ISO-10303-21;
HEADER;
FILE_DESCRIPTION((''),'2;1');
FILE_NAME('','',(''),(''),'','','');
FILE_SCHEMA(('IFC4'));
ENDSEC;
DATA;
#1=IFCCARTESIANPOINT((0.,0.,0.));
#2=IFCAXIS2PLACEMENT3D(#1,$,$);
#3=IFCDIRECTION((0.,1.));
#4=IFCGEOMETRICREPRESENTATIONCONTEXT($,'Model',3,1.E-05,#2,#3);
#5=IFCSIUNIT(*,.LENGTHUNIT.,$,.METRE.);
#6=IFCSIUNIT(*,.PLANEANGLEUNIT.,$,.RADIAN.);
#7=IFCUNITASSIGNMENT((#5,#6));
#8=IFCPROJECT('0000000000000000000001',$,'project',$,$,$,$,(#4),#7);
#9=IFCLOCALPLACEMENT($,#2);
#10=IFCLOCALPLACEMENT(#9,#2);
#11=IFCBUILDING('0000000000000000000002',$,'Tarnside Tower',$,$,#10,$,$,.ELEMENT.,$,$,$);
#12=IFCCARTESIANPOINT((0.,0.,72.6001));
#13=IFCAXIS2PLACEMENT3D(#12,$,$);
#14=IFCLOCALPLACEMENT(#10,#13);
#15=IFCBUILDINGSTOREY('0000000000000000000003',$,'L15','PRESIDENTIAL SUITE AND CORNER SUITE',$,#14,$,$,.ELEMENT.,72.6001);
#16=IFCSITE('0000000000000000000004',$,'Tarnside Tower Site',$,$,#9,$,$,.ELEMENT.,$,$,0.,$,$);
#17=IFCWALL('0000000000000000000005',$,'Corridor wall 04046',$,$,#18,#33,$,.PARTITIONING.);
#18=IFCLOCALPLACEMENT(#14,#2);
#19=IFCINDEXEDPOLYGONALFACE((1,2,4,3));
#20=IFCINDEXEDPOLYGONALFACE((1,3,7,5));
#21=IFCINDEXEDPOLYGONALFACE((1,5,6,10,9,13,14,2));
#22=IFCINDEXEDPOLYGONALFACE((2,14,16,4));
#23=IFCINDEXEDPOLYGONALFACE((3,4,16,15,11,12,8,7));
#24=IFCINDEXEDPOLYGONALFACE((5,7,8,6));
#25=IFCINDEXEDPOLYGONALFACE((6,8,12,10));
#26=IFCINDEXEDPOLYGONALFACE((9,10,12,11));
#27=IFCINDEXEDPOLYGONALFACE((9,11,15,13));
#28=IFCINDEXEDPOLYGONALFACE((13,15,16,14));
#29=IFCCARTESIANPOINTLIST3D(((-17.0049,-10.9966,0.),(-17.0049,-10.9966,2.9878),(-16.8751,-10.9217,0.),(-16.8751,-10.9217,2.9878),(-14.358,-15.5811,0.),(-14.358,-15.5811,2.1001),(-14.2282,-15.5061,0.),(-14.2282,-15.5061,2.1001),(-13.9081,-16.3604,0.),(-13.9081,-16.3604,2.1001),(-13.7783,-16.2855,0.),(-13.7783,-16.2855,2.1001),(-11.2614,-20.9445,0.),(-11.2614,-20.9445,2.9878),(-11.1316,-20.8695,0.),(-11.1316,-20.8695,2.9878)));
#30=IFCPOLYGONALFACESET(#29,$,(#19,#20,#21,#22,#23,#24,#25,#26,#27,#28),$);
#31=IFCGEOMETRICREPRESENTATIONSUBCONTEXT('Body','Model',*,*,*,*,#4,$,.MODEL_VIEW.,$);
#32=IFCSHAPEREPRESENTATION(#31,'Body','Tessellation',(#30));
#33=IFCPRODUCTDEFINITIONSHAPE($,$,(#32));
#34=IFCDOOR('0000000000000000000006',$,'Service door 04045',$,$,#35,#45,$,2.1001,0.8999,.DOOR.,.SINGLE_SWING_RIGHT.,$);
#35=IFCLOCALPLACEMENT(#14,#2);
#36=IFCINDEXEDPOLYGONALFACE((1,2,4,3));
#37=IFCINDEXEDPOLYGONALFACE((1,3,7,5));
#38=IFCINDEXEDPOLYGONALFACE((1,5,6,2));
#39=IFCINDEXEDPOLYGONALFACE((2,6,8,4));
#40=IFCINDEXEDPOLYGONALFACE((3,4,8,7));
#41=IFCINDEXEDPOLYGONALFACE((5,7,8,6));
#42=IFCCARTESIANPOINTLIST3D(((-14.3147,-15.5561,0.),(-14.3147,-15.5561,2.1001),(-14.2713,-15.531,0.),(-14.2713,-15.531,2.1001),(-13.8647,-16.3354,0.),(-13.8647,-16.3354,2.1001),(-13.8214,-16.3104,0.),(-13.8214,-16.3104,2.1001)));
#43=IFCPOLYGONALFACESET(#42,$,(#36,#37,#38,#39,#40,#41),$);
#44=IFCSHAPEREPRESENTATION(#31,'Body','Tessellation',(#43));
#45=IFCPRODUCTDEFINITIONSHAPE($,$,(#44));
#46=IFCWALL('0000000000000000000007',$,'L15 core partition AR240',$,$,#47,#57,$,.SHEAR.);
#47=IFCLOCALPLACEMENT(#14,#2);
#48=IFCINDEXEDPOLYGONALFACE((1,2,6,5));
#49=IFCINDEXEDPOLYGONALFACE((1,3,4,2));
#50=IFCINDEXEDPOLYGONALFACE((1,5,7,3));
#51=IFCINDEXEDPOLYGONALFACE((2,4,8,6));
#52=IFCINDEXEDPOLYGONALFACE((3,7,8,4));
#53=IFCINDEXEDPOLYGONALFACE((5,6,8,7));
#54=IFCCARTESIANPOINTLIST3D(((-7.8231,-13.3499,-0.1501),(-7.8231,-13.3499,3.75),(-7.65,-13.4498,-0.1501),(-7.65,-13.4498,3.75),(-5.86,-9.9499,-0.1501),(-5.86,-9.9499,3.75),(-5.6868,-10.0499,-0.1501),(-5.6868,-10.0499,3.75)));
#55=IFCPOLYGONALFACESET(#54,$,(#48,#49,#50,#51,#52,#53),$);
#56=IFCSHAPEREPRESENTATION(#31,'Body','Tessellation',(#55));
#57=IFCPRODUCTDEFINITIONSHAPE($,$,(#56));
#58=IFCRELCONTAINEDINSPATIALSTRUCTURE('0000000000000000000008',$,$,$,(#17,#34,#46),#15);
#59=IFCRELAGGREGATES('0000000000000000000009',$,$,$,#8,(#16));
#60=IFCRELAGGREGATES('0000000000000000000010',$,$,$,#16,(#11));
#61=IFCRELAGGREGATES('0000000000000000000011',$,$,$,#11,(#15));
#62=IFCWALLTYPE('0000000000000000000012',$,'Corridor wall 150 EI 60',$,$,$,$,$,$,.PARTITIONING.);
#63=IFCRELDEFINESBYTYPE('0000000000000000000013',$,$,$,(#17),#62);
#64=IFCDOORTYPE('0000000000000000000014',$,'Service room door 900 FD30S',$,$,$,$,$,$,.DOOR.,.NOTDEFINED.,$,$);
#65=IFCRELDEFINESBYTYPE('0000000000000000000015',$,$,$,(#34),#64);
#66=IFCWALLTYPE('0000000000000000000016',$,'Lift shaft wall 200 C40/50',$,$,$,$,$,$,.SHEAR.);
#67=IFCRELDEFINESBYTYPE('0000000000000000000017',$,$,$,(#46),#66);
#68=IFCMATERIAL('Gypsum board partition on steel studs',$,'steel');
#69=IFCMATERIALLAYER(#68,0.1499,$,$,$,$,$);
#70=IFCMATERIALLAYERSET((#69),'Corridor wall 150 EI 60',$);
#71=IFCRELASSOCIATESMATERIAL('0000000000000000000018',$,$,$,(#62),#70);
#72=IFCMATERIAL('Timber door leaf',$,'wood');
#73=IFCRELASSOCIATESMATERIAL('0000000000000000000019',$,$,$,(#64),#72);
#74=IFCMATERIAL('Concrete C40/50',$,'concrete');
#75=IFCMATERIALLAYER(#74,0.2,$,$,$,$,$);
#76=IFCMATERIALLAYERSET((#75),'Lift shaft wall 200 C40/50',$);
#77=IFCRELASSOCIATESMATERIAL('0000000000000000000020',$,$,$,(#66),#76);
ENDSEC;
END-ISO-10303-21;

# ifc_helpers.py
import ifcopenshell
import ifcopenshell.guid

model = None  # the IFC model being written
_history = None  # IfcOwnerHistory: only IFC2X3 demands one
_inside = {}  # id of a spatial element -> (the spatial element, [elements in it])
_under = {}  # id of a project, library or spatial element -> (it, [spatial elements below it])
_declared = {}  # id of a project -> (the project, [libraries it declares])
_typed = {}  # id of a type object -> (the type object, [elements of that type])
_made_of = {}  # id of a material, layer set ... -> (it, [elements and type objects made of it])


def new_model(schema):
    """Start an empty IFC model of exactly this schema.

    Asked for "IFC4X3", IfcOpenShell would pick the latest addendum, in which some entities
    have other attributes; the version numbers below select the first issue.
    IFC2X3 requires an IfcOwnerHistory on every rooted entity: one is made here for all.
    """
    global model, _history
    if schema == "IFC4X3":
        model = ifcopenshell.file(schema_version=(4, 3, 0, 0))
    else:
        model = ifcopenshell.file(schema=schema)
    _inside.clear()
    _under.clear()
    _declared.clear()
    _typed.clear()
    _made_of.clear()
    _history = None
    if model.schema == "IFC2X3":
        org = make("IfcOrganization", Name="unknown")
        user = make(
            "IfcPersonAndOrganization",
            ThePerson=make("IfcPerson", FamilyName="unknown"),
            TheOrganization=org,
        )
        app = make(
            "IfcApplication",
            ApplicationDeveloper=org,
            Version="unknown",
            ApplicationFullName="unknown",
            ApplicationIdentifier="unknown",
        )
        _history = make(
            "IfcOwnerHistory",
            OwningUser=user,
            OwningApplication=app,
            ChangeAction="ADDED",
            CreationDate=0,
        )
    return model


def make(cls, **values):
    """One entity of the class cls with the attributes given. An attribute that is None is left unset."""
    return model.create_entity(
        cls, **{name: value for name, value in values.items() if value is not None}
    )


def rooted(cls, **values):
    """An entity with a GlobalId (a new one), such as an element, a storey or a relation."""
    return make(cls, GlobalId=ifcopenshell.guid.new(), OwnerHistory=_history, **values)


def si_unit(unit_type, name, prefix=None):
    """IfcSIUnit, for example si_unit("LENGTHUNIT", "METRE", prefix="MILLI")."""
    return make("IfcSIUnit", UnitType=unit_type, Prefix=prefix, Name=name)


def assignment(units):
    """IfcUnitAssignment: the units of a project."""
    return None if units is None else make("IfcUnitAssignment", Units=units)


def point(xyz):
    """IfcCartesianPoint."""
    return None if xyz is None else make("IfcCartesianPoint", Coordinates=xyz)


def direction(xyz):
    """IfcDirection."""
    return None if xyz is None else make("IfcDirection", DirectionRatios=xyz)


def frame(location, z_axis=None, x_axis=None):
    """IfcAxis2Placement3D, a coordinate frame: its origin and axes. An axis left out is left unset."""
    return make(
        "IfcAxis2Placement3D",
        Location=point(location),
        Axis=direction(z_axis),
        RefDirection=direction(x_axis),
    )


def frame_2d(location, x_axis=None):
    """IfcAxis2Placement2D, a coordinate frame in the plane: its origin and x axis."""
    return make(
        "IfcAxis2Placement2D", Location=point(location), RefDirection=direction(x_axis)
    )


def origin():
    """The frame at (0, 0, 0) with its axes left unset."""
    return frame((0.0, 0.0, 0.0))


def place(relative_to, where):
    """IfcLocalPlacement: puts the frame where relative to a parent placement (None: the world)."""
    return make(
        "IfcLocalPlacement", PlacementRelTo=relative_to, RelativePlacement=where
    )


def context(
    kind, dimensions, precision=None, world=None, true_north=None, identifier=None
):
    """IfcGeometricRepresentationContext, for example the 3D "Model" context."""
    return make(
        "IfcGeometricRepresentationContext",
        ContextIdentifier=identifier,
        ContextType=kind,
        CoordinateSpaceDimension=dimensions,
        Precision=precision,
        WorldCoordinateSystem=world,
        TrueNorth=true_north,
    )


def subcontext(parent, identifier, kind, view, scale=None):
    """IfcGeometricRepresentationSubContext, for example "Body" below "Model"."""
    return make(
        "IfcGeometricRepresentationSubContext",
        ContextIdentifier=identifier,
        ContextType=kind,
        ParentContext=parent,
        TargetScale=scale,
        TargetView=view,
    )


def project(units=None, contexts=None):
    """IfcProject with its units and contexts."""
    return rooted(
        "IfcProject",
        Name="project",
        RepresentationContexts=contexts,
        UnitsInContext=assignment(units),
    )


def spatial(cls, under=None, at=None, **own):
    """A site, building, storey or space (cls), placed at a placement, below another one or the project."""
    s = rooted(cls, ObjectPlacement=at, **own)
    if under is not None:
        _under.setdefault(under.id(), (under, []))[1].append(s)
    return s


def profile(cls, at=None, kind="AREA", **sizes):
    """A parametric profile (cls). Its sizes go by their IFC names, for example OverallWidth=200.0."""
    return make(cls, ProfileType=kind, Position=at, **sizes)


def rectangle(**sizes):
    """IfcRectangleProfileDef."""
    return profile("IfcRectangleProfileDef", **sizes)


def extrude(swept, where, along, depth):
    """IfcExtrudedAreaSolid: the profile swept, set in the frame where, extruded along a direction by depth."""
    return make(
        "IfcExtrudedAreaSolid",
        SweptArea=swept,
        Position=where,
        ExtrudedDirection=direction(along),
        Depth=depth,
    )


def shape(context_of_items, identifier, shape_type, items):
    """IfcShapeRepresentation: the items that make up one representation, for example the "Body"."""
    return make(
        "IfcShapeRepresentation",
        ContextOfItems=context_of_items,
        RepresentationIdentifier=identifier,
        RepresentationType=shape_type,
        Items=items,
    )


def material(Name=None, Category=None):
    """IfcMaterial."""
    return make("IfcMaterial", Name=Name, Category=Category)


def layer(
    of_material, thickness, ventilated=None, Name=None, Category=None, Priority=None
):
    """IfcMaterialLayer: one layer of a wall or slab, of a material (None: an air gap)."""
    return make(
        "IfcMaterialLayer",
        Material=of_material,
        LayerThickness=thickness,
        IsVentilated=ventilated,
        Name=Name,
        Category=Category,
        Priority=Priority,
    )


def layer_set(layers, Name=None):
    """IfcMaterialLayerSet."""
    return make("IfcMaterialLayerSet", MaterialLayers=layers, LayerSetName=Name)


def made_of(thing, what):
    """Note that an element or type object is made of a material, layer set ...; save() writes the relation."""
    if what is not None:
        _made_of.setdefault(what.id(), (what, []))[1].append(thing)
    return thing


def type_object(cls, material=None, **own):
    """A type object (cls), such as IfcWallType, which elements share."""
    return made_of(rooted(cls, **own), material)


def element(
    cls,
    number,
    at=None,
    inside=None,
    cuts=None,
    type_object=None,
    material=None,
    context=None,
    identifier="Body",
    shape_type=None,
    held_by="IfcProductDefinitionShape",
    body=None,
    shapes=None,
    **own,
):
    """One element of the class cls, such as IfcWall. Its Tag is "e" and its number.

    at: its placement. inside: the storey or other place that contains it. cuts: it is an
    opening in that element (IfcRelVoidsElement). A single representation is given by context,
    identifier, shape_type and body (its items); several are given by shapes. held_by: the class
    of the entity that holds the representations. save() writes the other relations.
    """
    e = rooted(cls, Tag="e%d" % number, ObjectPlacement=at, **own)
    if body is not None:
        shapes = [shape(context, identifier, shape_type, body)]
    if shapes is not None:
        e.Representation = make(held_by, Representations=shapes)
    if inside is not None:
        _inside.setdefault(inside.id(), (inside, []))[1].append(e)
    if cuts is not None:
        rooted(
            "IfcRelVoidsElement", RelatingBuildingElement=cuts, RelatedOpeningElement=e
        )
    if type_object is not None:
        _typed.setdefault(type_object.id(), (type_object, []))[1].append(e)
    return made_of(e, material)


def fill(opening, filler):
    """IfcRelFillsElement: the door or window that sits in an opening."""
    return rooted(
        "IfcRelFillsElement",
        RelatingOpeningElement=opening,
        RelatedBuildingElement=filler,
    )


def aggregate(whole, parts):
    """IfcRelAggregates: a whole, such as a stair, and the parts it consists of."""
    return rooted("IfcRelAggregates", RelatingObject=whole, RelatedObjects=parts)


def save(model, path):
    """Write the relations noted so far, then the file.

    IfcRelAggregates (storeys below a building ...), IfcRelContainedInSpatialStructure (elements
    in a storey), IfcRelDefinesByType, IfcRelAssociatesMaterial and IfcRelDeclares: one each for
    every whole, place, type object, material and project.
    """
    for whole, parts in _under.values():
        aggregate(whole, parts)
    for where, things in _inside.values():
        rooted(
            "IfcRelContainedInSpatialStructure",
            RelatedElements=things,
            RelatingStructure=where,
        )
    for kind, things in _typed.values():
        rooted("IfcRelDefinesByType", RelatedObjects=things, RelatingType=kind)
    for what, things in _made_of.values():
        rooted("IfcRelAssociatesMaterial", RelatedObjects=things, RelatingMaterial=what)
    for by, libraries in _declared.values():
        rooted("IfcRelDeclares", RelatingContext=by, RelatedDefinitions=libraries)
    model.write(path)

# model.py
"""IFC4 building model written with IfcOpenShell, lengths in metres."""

from ifc_helpers import new_model, si_unit, direction, frame, frame_2d, origin, place, context, subcontext, project, spatial, rectangle, extrude, material, layer, layer_set, type_object, element, fill, save


model = new_model("IFC4")

# Units and contexts
model_context = context("Model", 3, precision=1e-05, world=origin(), true_north=direction((0.0, 1.0)))
body_context = subcontext(model_context, "Body", "Model", "MODEL_VIEW")
ifc_project = project(units=[si_unit("LENGTHUNIT", "METRE"), si_unit("PLANEANGLEUNIT", "RADIAN")], contexts=[model_context])

# Site, building, storey
site_placement = place(None, origin())
site = spatial("IfcSite", under=ifc_project, at=site_placement, Name="Tarnside Tower Site", CompositionType="ELEMENT", RefElevation=0.0)
building_placement = place(site_placement, origin())
building = spatial("IfcBuilding", under=site, at=building_placement, Name="Tarnside Tower", CompositionType="ELEMENT")
storey_placement = place(building_placement, frame((0.0, 0.0, 72.6001)))
storey = spatial("IfcBuildingStorey", under=building, at=storey_placement, Name="L15", Description="PRESIDENTIAL SUITE AND CORNER SUITE", CompositionType="ELEMENT", Elevation=72.6001)

# Shared definitions
ifc_material_1 = material(Name="Gypsum board partition on steel studs", Category="steel")

# Shared definitions
ifc_layer_1 = layer(ifc_material_1, 0.1499)
ifc_layer_set_1 = layer_set([ifc_layer_1], Name="Corridor wall 150 EI 60")
wall_type_1 = type_object("IfcWallType", Name="Corridor wall 150 EI 60", PredefinedType="PARTITIONING", material=ifc_layer_set_1)
ifc_material_2 = material(Name="Timber door leaf", Category="wood")

# Wall, opening, door
wall_1_placement = place(storey_placement, frame((-11.1965, -20.907, 0.0), z_axis=(0.0, 0.0, 1.0), x_axis=(-0.500005, 0.866023, 0.0)))
wall_1 = element("IfcWall", 1, at=wall_1_placement, inside=storey, type_object=wall_type_1, Name="Corridor wall 04046", PredefinedType="PARTITIONING", context=body_context, shape_type="SweptSolid", body=[
    extrude(rectangle(XDim=11.4868, YDim=0.1499, at=frame_2d((5.7434, 0.0))), origin(), (0.0, 0.0, 1.0), 2.9878),
])
opening_1_placement = place(wall_1_placement, frame((5.2932, 0.0, 0.0)))
opening_1 = element("IfcOpeningElement", 2, at=opening_1_placement, cuts=wall_1, PredefinedType="OPENING", context=body_context, shape_type="SweptSolid", body=[
    extrude(rectangle(XDim=0.8999, YDim=2.1001, at=frame_2d((0.45, 1.05))), frame((0.0, 0.085, 0.0), z_axis=(0.0, -1.0, 0.0), x_axis=(1.0, 0.0, 0.0)), (0.0, 0.0, 1.0), 0.1699),
])
door_type_1 = type_object("IfcDoorType", Name="Service room door 900 FD30S", OperationType="NOTDEFINED", PredefinedType="DOOR", material=ifc_material_2)
door_1_placement = place(opening_1_placement, origin())
door_1 = element("IfcDoor", 3, at=door_1_placement, inside=storey, type_object=door_type_1, Name="Service door 04045", OperationType="SINGLE_SWING_RIGHT", OverallHeight=2.1001, OverallWidth=0.8999, PredefinedType="DOOR", context=body_context, shape_type="SweptSolid", body=[
    extrude(rectangle(XDim=0.8999, YDim=2.1001, at=frame_2d((0.45, 1.05))), frame((0.0, 0.0249, 0.0), z_axis=(0.0, -1.0, 0.0), x_axis=(1.0, 0.0, 0.0)), (0.0, 0.0, 1.0), 0.05),
])
fill(opening_1, door_1)

# Wall
ifc_material_3 = material(Name="Concrete C40/50", Category="concrete")
ifc_layer_2 = layer(ifc_material_3, 0.2)
ifc_layer_set_2 = layer_set([ifc_layer_2], Name="Lift shaft wall 200 C40/50")
wall_type_2 = type_object("IfcWallType", Name="Lift shaft wall 200 C40/50", PredefinedType="SHEAR", material=ifc_layer_set_2)
wall_2_placement = place(storey_placement, frame((-5.7734, -10.0, -0.1501), z_axis=(0.0, 0.0, 1.0), x_axis=(-0.500038, -0.866003, 0.0)))
element("IfcWall", 4, at=wall_2_placement, inside=storey, type_object=wall_type_2, Name="L15 core partition AR240", PredefinedType="SHEAR", context=body_context, shape_type="SweptSolid", body=[
    extrude(rectangle(XDim=3.926, YDim=0.2, at=frame_2d((1.9629, 0.0))), origin(), (0.0, 0.0, 1.0), 3.9001),
])

save(model, "model.ifc")
